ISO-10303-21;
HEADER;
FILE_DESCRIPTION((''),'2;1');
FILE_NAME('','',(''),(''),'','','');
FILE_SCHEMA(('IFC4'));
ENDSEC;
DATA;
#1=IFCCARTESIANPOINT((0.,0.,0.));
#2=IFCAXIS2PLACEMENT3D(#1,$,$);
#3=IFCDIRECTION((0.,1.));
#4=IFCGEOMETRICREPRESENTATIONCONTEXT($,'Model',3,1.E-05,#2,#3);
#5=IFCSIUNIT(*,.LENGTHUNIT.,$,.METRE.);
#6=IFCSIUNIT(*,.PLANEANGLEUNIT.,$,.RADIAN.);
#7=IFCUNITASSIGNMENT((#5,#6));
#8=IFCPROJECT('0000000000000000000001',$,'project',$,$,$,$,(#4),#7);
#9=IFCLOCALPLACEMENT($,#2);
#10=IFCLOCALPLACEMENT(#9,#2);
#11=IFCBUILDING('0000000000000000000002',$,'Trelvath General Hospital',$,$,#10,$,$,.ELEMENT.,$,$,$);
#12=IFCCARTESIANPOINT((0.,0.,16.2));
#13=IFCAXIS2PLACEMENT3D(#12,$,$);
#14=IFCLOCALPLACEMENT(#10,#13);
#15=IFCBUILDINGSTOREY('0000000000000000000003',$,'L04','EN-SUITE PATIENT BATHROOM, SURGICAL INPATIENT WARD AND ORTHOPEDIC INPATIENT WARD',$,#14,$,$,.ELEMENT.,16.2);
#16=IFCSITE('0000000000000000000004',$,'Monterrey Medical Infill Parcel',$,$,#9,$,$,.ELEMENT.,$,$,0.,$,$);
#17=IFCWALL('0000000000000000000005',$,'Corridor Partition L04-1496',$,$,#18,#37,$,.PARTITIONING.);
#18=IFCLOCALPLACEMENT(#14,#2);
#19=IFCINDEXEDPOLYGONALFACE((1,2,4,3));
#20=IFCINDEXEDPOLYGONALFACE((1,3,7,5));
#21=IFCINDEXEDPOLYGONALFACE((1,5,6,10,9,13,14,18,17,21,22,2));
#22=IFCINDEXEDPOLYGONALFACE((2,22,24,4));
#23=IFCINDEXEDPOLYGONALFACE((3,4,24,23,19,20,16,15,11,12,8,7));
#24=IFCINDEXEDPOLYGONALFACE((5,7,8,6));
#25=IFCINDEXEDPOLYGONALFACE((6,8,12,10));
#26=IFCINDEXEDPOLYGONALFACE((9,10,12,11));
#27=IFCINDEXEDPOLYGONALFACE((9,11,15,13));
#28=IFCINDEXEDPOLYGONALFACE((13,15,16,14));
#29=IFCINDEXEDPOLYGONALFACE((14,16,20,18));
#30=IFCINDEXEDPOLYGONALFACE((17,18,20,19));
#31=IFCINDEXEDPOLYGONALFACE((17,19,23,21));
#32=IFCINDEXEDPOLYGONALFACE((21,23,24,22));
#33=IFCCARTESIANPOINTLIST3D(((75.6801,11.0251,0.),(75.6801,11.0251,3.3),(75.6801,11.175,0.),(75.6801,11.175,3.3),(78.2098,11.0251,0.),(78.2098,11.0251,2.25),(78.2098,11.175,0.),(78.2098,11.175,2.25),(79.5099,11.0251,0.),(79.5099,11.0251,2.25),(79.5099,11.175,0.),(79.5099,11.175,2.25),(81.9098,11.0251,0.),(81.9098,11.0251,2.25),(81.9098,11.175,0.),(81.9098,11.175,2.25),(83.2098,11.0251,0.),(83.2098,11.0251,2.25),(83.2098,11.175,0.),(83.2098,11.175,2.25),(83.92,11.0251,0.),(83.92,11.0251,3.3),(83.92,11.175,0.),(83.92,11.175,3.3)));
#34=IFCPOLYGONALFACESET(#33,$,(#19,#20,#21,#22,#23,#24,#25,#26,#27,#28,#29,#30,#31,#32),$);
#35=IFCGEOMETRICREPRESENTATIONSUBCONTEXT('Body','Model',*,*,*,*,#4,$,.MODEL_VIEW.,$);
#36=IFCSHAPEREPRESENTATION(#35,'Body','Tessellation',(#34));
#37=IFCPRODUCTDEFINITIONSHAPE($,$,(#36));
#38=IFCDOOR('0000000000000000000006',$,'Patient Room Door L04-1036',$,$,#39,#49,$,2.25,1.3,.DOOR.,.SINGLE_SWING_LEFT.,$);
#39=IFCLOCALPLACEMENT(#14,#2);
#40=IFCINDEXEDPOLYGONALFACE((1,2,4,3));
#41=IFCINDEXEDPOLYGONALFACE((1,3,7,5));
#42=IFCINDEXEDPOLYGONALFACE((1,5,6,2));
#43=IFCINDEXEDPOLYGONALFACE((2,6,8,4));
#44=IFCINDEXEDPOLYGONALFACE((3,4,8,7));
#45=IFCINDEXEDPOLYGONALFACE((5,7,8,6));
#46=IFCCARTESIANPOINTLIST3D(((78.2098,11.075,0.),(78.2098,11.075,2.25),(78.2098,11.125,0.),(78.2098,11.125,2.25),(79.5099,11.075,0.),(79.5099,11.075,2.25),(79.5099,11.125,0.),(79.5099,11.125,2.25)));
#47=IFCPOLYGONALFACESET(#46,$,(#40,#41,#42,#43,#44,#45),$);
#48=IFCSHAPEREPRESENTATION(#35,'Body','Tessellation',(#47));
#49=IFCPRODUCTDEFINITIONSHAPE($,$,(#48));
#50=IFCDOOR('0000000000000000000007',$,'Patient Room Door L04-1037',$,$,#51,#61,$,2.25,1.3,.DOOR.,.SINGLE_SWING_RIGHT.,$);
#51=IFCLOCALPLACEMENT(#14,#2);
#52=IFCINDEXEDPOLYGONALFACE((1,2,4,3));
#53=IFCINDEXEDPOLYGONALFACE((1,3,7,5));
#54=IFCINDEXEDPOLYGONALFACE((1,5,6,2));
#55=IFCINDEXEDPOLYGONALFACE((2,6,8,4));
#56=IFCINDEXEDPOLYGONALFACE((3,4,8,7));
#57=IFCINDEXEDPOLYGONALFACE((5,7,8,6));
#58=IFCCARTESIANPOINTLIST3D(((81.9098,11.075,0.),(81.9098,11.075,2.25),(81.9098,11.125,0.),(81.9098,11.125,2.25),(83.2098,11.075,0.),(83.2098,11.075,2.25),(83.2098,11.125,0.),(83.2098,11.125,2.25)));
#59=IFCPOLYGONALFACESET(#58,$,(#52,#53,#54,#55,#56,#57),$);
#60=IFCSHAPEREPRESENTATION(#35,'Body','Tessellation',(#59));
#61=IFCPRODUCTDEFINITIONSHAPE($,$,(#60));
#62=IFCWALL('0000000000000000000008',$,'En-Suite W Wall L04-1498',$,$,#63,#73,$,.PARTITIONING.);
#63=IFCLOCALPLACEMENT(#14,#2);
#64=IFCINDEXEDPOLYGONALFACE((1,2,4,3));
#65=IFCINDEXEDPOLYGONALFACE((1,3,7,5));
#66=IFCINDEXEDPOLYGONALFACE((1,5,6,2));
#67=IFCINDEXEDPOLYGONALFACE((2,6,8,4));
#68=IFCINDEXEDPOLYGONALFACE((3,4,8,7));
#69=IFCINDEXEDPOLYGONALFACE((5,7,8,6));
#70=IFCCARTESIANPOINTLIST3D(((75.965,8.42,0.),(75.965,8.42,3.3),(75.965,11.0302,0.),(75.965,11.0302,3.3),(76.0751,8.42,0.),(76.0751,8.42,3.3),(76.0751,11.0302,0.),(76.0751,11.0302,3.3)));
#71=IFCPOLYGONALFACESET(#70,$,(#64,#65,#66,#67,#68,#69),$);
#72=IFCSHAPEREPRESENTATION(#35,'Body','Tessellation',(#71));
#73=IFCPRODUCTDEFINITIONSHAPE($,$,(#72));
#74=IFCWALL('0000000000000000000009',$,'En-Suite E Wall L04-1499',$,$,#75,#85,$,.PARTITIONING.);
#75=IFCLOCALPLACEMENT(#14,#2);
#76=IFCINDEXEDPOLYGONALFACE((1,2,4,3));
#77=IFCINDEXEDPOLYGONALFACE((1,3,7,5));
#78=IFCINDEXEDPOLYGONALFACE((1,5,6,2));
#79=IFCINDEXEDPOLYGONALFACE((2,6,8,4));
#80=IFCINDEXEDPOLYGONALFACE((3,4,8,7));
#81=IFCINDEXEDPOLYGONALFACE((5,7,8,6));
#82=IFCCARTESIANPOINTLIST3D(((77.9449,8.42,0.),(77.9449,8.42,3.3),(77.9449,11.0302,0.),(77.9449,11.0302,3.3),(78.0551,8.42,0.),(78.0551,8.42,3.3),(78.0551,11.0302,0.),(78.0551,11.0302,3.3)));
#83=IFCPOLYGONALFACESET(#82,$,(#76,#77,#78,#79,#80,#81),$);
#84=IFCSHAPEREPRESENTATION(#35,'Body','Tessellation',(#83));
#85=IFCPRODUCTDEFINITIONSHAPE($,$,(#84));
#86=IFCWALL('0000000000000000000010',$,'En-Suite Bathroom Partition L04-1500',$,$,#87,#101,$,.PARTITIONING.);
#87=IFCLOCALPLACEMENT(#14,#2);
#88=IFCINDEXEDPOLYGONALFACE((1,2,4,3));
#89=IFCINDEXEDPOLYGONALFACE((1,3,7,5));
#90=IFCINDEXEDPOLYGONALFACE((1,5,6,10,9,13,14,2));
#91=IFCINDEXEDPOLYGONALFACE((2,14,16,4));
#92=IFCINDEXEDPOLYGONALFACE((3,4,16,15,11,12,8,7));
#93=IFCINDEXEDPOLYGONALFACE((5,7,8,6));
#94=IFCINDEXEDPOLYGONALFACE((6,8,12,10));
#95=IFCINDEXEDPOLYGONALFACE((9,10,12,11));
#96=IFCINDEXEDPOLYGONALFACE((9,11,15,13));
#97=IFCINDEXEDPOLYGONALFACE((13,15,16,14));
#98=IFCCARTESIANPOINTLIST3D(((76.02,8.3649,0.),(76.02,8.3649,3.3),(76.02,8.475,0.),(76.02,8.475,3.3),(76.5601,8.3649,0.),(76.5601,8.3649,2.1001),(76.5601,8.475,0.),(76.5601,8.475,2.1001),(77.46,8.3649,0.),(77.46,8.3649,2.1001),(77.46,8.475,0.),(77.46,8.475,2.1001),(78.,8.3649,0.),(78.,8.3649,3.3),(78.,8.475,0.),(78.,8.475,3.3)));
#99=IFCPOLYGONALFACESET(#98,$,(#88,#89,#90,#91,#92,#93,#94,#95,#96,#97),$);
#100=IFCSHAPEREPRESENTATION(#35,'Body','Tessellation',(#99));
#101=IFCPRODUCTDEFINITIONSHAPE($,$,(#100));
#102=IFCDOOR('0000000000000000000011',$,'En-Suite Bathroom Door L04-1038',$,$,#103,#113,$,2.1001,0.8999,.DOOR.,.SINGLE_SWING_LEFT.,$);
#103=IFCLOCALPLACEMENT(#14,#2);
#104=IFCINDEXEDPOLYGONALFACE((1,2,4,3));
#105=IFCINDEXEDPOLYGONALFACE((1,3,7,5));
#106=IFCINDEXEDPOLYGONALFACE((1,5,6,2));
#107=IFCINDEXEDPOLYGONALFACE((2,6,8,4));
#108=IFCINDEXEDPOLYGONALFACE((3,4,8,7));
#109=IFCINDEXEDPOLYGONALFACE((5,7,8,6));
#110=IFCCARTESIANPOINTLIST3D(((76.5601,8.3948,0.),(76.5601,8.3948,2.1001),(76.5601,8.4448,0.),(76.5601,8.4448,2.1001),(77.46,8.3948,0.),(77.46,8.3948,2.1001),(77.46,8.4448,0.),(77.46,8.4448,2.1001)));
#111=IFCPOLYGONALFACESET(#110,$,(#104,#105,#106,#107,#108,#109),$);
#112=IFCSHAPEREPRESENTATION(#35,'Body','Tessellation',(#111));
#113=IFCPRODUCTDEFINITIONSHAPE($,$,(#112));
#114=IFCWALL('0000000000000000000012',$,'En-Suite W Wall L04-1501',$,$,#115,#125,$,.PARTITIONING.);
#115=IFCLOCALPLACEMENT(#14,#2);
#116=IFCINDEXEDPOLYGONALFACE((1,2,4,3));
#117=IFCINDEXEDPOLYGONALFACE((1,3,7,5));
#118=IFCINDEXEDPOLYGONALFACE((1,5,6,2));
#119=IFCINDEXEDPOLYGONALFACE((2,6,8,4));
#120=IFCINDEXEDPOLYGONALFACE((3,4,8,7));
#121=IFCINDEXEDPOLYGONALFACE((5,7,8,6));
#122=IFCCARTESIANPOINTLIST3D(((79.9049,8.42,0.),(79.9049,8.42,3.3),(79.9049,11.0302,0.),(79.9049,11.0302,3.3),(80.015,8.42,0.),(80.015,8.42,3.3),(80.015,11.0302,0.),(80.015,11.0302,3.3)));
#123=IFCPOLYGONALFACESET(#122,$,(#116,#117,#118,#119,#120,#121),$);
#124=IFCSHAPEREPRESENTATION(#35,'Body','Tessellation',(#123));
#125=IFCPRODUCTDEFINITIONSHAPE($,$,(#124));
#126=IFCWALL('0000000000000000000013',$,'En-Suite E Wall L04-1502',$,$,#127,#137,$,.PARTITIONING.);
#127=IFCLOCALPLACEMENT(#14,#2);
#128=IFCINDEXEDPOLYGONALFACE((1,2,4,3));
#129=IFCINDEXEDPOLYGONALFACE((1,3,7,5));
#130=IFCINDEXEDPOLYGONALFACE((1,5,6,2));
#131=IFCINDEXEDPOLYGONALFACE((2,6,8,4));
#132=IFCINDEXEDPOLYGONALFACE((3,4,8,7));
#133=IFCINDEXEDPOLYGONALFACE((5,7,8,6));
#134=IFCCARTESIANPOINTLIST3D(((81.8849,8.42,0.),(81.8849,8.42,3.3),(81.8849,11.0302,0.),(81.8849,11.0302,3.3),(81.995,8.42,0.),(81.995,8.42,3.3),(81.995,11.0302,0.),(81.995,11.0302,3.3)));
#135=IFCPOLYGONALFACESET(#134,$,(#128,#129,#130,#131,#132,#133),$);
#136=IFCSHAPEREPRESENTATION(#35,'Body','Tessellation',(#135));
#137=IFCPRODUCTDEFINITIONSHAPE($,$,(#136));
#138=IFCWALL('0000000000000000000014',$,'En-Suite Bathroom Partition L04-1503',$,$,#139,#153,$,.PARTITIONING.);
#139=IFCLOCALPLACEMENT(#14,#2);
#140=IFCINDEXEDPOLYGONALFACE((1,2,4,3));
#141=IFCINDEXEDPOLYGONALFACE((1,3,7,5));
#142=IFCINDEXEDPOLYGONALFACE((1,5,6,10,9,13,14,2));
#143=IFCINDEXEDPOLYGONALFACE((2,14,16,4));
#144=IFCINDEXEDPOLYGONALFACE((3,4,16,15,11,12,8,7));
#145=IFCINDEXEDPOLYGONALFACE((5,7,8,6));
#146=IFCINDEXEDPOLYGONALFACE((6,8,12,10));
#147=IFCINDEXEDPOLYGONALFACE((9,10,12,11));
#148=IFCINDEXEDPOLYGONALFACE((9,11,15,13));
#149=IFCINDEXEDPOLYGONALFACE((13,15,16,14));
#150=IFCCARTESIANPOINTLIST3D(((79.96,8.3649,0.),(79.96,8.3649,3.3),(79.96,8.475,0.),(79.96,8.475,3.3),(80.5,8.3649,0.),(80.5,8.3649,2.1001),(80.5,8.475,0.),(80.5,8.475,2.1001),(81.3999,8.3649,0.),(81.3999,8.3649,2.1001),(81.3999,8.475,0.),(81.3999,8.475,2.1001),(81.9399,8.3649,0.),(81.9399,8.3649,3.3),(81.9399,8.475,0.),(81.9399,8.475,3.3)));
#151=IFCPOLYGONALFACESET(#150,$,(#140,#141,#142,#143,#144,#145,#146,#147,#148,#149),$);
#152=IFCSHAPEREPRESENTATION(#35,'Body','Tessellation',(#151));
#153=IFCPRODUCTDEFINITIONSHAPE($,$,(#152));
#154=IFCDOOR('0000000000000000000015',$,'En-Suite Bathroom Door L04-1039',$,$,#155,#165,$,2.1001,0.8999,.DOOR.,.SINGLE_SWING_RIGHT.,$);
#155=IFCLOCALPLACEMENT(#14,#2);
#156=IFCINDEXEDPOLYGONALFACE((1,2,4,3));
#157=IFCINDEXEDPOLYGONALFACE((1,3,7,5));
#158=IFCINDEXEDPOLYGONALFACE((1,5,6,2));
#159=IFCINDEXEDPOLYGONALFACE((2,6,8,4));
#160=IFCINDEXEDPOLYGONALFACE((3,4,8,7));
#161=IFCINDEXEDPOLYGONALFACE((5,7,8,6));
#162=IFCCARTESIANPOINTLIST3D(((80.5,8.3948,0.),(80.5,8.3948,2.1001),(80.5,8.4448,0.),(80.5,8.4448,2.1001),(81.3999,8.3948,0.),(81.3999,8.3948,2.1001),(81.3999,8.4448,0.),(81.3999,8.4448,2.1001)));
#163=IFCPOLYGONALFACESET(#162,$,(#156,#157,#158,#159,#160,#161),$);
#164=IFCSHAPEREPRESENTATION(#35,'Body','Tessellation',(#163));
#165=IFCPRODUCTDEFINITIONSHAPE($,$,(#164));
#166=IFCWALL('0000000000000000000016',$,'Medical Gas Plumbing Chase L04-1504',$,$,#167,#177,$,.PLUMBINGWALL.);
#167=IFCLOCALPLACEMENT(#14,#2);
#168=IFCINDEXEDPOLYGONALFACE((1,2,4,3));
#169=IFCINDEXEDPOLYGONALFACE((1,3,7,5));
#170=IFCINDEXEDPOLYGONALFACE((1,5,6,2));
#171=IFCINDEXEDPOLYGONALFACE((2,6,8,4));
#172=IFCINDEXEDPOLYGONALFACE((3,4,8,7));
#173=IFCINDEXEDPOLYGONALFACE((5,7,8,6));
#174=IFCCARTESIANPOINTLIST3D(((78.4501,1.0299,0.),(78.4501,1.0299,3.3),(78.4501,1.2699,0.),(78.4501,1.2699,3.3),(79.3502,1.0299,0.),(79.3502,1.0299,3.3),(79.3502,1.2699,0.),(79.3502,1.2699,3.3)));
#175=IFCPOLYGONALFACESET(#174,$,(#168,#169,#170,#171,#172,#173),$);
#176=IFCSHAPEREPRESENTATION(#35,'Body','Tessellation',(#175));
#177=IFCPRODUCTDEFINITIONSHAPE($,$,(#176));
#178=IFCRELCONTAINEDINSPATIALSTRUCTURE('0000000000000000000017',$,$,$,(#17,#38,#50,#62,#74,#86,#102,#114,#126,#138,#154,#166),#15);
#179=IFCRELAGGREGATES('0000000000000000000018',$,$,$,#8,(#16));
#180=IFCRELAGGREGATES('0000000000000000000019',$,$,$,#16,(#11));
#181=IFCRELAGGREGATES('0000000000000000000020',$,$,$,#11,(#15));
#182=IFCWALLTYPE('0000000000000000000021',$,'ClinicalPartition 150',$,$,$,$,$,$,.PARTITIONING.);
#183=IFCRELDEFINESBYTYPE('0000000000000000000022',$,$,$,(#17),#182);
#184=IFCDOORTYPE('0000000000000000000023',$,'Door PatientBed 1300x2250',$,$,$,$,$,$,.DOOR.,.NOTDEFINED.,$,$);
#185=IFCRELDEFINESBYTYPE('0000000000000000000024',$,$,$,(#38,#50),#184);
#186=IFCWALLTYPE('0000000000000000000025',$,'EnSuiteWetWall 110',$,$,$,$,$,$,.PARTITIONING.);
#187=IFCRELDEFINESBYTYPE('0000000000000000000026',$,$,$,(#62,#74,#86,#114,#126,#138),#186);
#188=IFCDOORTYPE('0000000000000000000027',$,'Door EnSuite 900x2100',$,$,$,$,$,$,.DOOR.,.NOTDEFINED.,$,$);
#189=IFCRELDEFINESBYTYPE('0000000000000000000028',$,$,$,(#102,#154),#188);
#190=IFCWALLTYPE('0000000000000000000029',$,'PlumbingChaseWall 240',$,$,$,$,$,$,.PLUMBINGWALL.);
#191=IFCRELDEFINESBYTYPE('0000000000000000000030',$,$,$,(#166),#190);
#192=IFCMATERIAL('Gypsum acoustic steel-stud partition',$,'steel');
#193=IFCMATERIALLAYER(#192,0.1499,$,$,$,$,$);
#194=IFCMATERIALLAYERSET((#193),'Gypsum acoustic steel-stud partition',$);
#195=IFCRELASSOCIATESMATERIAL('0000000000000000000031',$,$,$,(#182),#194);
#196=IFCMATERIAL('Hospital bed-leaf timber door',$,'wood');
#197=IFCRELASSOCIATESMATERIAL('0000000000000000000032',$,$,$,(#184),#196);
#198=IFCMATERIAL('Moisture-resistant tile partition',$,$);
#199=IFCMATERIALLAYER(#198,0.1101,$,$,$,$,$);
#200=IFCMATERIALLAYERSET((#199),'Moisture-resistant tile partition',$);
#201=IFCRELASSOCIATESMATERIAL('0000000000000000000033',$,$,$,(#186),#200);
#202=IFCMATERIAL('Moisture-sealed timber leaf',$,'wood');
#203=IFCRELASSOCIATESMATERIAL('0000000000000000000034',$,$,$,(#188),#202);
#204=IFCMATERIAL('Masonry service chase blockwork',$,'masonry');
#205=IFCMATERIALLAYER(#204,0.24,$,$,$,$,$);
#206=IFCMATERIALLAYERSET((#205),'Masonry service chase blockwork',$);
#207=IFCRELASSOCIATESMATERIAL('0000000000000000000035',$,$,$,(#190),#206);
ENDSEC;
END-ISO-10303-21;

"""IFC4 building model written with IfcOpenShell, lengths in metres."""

from ifc_helpers import new_model, si_unit, direction, frame, frame_2d, origin, place, context, subcontext, project, spatial, rectangle, extrude, material, layer, layer_set, type_object, element, fill, save


model = new_model("IFC4")

# Units and contexts
model_context = context("Model", 3, precision=1e-05, world=origin(), true_north=direction((0.0, 1.0)))
body_context = subcontext(model_context, "Body", "Model", "MODEL_VIEW")
ifc_project = project(units=[si_unit("LENGTHUNIT", "METRE"), si_unit("PLANEANGLEUNIT", "RADIAN")], contexts=[model_context])

# Site, building, storey
site_placement = place(None, origin())
site = spatial("IfcSite", under=ifc_project, at=site_placement, Name="Monterrey Medical Infill Parcel", CompositionType="ELEMENT", RefElevation=0.0)
building_placement = place(site_placement, origin())
building = spatial("IfcBuilding", under=site, at=building_placement, Name="Trelvath General Hospital", CompositionType="ELEMENT")
storey_placement = place(building_placement, frame((0.0, 0.0, 16.2)))
storey = spatial("IfcBuildingStorey", under=building, at=storey_placement, Name="L04", Description="EN-SUITE PATIENT BATHROOM, SURGICAL INPATIENT WARD AND ORTHOPEDIC INPATIENT WARD", CompositionType="ELEMENT", Elevation=16.2)

# Shared definitions
ifc_material_1 = material(Name="Gypsum acoustic steel-stud partition", Category="steel")
ifc_layer_1 = layer(ifc_material_1, 0.1499)
ifc_layer_set_1 = layer_set([ifc_layer_1], Name="Gypsum acoustic steel-stud partition")
wall_type_1 = type_object("IfcWallType", Name="ClinicalPartition 150", PredefinedType="PARTITIONING", material=ifc_layer_set_1)

# Wall, openings, doors
wall_1_placement = place(storey_placement, frame((75.6799, 11.1001, 0.0), z_axis=(0.0, 0.0, 1.0), x_axis=(1.0, 0.0, 0.0)))
wall_1 = element("IfcWall", 1, at=wall_1_placement, inside=storey, type_object=wall_type_1, Name="Corridor Partition L04-1496", PredefinedType="PARTITIONING", context=body_context, shape_type="SweptSolid", body=[
    extrude(rectangle(XDim=8.24, YDim=0.1499, at=frame_2d((4.1201, 0.0))), origin(), (0.0, 0.0, 1.0), 3.3),
])
opening_1_placement = place(wall_1_placement, frame((2.53, 0.0, 0.0)))
opening_1 = element("IfcOpeningElement", 2, at=opening_1_placement, cuts=wall_1, PredefinedType="OPENING", context=body_context, shape_type="SweptSolid", body=[
    extrude(rectangle(XDim=1.3, YDim=2.25, at=frame_2d((0.6499, 1.125))), frame((0.0, 0.085, 0.0), z_axis=(0.0, -1.0, 0.0), x_axis=(1.0, 0.0, 0.0)), (0.0, 0.0, 1.0), 0.1699),
])
opening_2_placement = place(wall_1_placement, frame((6.23, 0.0, 0.0)))
opening_2 = element("IfcOpeningElement", 3, at=opening_2_placement, cuts=wall_1, PredefinedType="OPENING", context=body_context, shape_type="SweptSolid", body=[
    extrude(rectangle(XDim=1.3, YDim=2.25, at=frame_2d((0.6499, 1.125))), frame((0.0, 0.085, 0.0), z_axis=(0.0, -1.0, 0.0), x_axis=(1.0, 0.0, 0.0)), (0.0, 0.0, 1.0), 0.1699),
])
ifc_material_2 = material(Name="Hospital bed-leaf timber door", Category="wood")
door_type_1 = type_object("IfcDoorType", Name="Door PatientBed 1300x2250", OperationType="NOTDEFINED", PredefinedType="DOOR", material=ifc_material_2)
door_1_placement = place(opening_1_placement, origin())
door_1 = element("IfcDoor", 4, at=door_1_placement, inside=storey, type_object=door_type_1, Name="Patient Room Door L04-1036", OperationType="SINGLE_SWING_LEFT", OverallHeight=2.25, OverallWidth=1.3, PredefinedType="DOOR", context=body_context, shape_type="SweptSolid", body=[
    extrude(rectangle(XDim=1.3, YDim=2.25, at=frame_2d((0.6499, 1.125))), frame((0.0, 0.0249, 0.0), z_axis=(0.0, -1.0, 0.0), x_axis=(1.0, 0.0, 0.0)), (0.0, 0.0, 1.0), 0.05),
])
fill(opening_1, door_1)
door_2_placement = place(opening_2_placement, origin())
door_2 = element("IfcDoor", 5, at=door_2_placement, inside=storey, type_object=door_type_1, Name="Patient Room Door L04-1037", OperationType="SINGLE_SWING_RIGHT", OverallHeight=2.25, OverallWidth=1.3, PredefinedType="DOOR", context=body_context, shape_type="SweptSolid", body=[
    extrude(rectangle(XDim=1.3, YDim=2.25, at=frame_2d((0.6499, 1.125))), frame((0.0, 0.0249, 0.0), z_axis=(0.0, -1.0, 0.0), x_axis=(1.0, 0.0, 0.0)), (0.0, 0.0, 1.0), 0.05),
])
fill(opening_2, door_2)

# Walls
ifc_material_3 = material(Name="Moisture-resistant tile partition")
ifc_layer_2 = layer(ifc_material_3, 0.1101)
ifc_layer_set_2 = layer_set([ifc_layer_2], Name="Moisture-resistant tile partition")
wall_type_2 = type_object("IfcWallType", Name="EnSuiteWetWall 110", PredefinedType="PARTITIONING", material=ifc_layer_set_2)
for number, where, z_axis, x_axis, name in (
    (6, (76.02, 8.4199, 0.0), (0.0, 0.0, 1.0), (0.0, 1.0, 0.0), "En-Suite W Wall L04-1498"),
    (7, (78.0, 8.4199, 0.0), (0.0, 0.0, 1.0), (0.0, 1.0, 0.0), "En-Suite E Wall L04-1499"),
):
    element("IfcWall", number, at=place(storey_placement, frame(where, z_axis=z_axis, x_axis=x_axis)), inside=storey, type_object=wall_type_2, Name=name, PredefinedType="PARTITIONING", context=body_context, shape_type="SweptSolid", body=[
        extrude(rectangle(XDim=2.6101, YDim=0.1101, at=frame_2d((1.3052, 0.0))), origin(), (0.0, 0.0, 1.0), 3.3),
    ])

# Wall, opening, door
wall_2_placement = place(storey_placement, frame((76.02, 8.4199, 0.0), z_axis=(0.0, 0.0, 1.0), x_axis=(1.0, 0.0, 0.0)))
wall_2 = element("IfcWall", 8, at=wall_2_placement, inside=storey, type_object=wall_type_2, Name="En-Suite Bathroom Partition L04-1500", PredefinedType="PARTITIONING", context=body_context, shape_type="SweptSolid", body=[
    extrude(rectangle(XDim=1.98, YDim=0.1101, at=frame_2d((0.99, 0.0))), origin(), (0.0, 0.0, 1.0), 3.3),
])
opening_3_placement = place(wall_2_placement, frame((0.54, 0.0, 0.0)))
opening_3 = element("IfcOpeningElement", 9, at=opening_3_placement, cuts=wall_2, PredefinedType="OPENING", context=body_context, shape_type="SweptSolid", body=[
    extrude(rectangle(XDim=0.8999, YDim=2.1001, at=frame_2d((0.45, 1.05))), frame((0.0, 0.0649, 0.0), z_axis=(0.0, -1.0, 0.0), x_axis=(1.0, 0.0, 0.0)), (0.0, 0.0, 1.0), 0.1301),
])
ifc_material_4 = material(Name="Moisture-sealed timber leaf", Category="wood")
door_type_2 = type_object("IfcDoorType", Name="Door EnSuite 900x2100", OperationType="NOTDEFINED", PredefinedType="DOOR", material=ifc_material_4)
door_3_placement = place(opening_3_placement, origin())
door_3 = element("IfcDoor", 10, at=door_3_placement, inside=storey, type_object=door_type_2, Name="En-Suite Bathroom Door L04-1038", OperationType="SINGLE_SWING_LEFT", OverallHeight=2.1001, OverallWidth=0.8999, PredefinedType="DOOR", context=body_context, shape_type="SweptSolid", body=[
    extrude(rectangle(XDim=0.8999, YDim=2.1001, at=frame_2d((0.45, 1.05))), frame((0.0, 0.0249, 0.0), z_axis=(0.0, -1.0, 0.0), x_axis=(1.0, 0.0, 0.0)), (0.0, 0.0, 1.0), 0.05),
])
fill(opening_3, door_3)

# Walls
for number, where, z_axis, x_axis, name in (
    (11, (79.96, 8.4199, 0.0), (0.0, 0.0, 1.0), (0.0, 1.0, 0.0), "En-Suite W Wall L04-1501"),
    (12, (81.9399, 8.4199, 0.0), (0.0, 0.0, 1.0), (0.0, 1.0, 0.0), "En-Suite E Wall L04-1502"),
):
    element("IfcWall", number, at=place(storey_placement, frame(where, z_axis=z_axis, x_axis=x_axis)), inside=storey, type_object=wall_type_2, Name=name, PredefinedType="PARTITIONING", context=body_context, shape_type="SweptSolid", body=[
        extrude(rectangle(XDim=2.6101, YDim=0.1101, at=frame_2d((1.3052, 0.0))), origin(), (0.0, 0.0, 1.0), 3.3),
    ])

# Wall, opening, door
wall_3_placement = place(storey_placement, frame((79.96, 8.4199, 0.0), z_axis=(0.0, 0.0, 1.0), x_axis=(1.0, 0.0, 0.0)))
wall_3 = element("IfcWall", 13, at=wall_3_placement, inside=storey, type_object=wall_type_2, Name="En-Suite Bathroom Partition L04-1503", PredefinedType="PARTITIONING", context=body_context, shape_type="SweptSolid", body=[
    extrude(rectangle(XDim=1.98, YDim=0.1101, at=frame_2d((0.99, 0.0))), origin(), (0.0, 0.0, 1.0), 3.3),
])
opening_4_placement = place(wall_3_placement, frame((0.54, 0.0, 0.0)))
opening_4 = element("IfcOpeningElement", 14, at=opening_4_placement, cuts=wall_3, PredefinedType="OPENING", context=body_context, shape_type="SweptSolid", body=[
    extrude(rectangle(XDim=0.8999, YDim=2.1001, at=frame_2d((0.45, 1.05))), frame((0.0, 0.0649, 0.0), z_axis=(0.0, -1.0, 0.0), x_axis=(1.0, 0.0, 0.0)), (0.0, 0.0, 1.0), 0.1301),
])
door_4_placement = place(opening_4_placement, origin())
door_4 = element("IfcDoor", 15, at=door_4_placement, inside=storey, type_object=door_type_2, Name="En-Suite Bathroom Door L04-1039", OperationType="SINGLE_SWING_RIGHT", OverallHeight=2.1001, OverallWidth=0.8999, PredefinedType="DOOR", context=body_context, shape_type="SweptSolid", body=[
    extrude(rectangle(XDim=0.8999, YDim=2.1001, at=frame_2d((0.45, 1.05))), frame((0.0, 0.0249, 0.0), z_axis=(0.0, -1.0, 0.0), x_axis=(1.0, 0.0, 0.0)), (0.0, 0.0, 1.0), 0.05),
])
fill(opening_4, door_4)

# Wall
ifc_material_5 = material(Name="Masonry service chase blockwork", Category="masonry")
ifc_layer_3 = layer(ifc_material_5, 0.24)
ifc_layer_set_3 = layer_set([ifc_layer_3], Name="Masonry service chase blockwork")
wall_type_3 = type_object("IfcWallType", Name="PlumbingChaseWall 240", PredefinedType="PLUMBINGWALL", material=ifc_layer_set_3)
wall_4_placement = place(storey_placement, frame((78.45, 1.1499, 0.0), z_axis=(0.0, 0.0, 1.0), x_axis=(1.0, 0.0, 0.0)))
element("IfcWall", 16, at=wall_4_placement, inside=storey, type_object=wall_type_3, Name="Medical Gas Plumbing Chase L04-1504", PredefinedType="PLUMBINGWALL", context=body_context, shape_type="SweptSolid", body=[
    extrude(rectangle(XDim=0.9001, YDim=0.24, at=frame_2d((0.4502, 0.0))), origin(), (0.0, 0.0, 1.0), 3.3),
])

save(model, "model.ifc")
